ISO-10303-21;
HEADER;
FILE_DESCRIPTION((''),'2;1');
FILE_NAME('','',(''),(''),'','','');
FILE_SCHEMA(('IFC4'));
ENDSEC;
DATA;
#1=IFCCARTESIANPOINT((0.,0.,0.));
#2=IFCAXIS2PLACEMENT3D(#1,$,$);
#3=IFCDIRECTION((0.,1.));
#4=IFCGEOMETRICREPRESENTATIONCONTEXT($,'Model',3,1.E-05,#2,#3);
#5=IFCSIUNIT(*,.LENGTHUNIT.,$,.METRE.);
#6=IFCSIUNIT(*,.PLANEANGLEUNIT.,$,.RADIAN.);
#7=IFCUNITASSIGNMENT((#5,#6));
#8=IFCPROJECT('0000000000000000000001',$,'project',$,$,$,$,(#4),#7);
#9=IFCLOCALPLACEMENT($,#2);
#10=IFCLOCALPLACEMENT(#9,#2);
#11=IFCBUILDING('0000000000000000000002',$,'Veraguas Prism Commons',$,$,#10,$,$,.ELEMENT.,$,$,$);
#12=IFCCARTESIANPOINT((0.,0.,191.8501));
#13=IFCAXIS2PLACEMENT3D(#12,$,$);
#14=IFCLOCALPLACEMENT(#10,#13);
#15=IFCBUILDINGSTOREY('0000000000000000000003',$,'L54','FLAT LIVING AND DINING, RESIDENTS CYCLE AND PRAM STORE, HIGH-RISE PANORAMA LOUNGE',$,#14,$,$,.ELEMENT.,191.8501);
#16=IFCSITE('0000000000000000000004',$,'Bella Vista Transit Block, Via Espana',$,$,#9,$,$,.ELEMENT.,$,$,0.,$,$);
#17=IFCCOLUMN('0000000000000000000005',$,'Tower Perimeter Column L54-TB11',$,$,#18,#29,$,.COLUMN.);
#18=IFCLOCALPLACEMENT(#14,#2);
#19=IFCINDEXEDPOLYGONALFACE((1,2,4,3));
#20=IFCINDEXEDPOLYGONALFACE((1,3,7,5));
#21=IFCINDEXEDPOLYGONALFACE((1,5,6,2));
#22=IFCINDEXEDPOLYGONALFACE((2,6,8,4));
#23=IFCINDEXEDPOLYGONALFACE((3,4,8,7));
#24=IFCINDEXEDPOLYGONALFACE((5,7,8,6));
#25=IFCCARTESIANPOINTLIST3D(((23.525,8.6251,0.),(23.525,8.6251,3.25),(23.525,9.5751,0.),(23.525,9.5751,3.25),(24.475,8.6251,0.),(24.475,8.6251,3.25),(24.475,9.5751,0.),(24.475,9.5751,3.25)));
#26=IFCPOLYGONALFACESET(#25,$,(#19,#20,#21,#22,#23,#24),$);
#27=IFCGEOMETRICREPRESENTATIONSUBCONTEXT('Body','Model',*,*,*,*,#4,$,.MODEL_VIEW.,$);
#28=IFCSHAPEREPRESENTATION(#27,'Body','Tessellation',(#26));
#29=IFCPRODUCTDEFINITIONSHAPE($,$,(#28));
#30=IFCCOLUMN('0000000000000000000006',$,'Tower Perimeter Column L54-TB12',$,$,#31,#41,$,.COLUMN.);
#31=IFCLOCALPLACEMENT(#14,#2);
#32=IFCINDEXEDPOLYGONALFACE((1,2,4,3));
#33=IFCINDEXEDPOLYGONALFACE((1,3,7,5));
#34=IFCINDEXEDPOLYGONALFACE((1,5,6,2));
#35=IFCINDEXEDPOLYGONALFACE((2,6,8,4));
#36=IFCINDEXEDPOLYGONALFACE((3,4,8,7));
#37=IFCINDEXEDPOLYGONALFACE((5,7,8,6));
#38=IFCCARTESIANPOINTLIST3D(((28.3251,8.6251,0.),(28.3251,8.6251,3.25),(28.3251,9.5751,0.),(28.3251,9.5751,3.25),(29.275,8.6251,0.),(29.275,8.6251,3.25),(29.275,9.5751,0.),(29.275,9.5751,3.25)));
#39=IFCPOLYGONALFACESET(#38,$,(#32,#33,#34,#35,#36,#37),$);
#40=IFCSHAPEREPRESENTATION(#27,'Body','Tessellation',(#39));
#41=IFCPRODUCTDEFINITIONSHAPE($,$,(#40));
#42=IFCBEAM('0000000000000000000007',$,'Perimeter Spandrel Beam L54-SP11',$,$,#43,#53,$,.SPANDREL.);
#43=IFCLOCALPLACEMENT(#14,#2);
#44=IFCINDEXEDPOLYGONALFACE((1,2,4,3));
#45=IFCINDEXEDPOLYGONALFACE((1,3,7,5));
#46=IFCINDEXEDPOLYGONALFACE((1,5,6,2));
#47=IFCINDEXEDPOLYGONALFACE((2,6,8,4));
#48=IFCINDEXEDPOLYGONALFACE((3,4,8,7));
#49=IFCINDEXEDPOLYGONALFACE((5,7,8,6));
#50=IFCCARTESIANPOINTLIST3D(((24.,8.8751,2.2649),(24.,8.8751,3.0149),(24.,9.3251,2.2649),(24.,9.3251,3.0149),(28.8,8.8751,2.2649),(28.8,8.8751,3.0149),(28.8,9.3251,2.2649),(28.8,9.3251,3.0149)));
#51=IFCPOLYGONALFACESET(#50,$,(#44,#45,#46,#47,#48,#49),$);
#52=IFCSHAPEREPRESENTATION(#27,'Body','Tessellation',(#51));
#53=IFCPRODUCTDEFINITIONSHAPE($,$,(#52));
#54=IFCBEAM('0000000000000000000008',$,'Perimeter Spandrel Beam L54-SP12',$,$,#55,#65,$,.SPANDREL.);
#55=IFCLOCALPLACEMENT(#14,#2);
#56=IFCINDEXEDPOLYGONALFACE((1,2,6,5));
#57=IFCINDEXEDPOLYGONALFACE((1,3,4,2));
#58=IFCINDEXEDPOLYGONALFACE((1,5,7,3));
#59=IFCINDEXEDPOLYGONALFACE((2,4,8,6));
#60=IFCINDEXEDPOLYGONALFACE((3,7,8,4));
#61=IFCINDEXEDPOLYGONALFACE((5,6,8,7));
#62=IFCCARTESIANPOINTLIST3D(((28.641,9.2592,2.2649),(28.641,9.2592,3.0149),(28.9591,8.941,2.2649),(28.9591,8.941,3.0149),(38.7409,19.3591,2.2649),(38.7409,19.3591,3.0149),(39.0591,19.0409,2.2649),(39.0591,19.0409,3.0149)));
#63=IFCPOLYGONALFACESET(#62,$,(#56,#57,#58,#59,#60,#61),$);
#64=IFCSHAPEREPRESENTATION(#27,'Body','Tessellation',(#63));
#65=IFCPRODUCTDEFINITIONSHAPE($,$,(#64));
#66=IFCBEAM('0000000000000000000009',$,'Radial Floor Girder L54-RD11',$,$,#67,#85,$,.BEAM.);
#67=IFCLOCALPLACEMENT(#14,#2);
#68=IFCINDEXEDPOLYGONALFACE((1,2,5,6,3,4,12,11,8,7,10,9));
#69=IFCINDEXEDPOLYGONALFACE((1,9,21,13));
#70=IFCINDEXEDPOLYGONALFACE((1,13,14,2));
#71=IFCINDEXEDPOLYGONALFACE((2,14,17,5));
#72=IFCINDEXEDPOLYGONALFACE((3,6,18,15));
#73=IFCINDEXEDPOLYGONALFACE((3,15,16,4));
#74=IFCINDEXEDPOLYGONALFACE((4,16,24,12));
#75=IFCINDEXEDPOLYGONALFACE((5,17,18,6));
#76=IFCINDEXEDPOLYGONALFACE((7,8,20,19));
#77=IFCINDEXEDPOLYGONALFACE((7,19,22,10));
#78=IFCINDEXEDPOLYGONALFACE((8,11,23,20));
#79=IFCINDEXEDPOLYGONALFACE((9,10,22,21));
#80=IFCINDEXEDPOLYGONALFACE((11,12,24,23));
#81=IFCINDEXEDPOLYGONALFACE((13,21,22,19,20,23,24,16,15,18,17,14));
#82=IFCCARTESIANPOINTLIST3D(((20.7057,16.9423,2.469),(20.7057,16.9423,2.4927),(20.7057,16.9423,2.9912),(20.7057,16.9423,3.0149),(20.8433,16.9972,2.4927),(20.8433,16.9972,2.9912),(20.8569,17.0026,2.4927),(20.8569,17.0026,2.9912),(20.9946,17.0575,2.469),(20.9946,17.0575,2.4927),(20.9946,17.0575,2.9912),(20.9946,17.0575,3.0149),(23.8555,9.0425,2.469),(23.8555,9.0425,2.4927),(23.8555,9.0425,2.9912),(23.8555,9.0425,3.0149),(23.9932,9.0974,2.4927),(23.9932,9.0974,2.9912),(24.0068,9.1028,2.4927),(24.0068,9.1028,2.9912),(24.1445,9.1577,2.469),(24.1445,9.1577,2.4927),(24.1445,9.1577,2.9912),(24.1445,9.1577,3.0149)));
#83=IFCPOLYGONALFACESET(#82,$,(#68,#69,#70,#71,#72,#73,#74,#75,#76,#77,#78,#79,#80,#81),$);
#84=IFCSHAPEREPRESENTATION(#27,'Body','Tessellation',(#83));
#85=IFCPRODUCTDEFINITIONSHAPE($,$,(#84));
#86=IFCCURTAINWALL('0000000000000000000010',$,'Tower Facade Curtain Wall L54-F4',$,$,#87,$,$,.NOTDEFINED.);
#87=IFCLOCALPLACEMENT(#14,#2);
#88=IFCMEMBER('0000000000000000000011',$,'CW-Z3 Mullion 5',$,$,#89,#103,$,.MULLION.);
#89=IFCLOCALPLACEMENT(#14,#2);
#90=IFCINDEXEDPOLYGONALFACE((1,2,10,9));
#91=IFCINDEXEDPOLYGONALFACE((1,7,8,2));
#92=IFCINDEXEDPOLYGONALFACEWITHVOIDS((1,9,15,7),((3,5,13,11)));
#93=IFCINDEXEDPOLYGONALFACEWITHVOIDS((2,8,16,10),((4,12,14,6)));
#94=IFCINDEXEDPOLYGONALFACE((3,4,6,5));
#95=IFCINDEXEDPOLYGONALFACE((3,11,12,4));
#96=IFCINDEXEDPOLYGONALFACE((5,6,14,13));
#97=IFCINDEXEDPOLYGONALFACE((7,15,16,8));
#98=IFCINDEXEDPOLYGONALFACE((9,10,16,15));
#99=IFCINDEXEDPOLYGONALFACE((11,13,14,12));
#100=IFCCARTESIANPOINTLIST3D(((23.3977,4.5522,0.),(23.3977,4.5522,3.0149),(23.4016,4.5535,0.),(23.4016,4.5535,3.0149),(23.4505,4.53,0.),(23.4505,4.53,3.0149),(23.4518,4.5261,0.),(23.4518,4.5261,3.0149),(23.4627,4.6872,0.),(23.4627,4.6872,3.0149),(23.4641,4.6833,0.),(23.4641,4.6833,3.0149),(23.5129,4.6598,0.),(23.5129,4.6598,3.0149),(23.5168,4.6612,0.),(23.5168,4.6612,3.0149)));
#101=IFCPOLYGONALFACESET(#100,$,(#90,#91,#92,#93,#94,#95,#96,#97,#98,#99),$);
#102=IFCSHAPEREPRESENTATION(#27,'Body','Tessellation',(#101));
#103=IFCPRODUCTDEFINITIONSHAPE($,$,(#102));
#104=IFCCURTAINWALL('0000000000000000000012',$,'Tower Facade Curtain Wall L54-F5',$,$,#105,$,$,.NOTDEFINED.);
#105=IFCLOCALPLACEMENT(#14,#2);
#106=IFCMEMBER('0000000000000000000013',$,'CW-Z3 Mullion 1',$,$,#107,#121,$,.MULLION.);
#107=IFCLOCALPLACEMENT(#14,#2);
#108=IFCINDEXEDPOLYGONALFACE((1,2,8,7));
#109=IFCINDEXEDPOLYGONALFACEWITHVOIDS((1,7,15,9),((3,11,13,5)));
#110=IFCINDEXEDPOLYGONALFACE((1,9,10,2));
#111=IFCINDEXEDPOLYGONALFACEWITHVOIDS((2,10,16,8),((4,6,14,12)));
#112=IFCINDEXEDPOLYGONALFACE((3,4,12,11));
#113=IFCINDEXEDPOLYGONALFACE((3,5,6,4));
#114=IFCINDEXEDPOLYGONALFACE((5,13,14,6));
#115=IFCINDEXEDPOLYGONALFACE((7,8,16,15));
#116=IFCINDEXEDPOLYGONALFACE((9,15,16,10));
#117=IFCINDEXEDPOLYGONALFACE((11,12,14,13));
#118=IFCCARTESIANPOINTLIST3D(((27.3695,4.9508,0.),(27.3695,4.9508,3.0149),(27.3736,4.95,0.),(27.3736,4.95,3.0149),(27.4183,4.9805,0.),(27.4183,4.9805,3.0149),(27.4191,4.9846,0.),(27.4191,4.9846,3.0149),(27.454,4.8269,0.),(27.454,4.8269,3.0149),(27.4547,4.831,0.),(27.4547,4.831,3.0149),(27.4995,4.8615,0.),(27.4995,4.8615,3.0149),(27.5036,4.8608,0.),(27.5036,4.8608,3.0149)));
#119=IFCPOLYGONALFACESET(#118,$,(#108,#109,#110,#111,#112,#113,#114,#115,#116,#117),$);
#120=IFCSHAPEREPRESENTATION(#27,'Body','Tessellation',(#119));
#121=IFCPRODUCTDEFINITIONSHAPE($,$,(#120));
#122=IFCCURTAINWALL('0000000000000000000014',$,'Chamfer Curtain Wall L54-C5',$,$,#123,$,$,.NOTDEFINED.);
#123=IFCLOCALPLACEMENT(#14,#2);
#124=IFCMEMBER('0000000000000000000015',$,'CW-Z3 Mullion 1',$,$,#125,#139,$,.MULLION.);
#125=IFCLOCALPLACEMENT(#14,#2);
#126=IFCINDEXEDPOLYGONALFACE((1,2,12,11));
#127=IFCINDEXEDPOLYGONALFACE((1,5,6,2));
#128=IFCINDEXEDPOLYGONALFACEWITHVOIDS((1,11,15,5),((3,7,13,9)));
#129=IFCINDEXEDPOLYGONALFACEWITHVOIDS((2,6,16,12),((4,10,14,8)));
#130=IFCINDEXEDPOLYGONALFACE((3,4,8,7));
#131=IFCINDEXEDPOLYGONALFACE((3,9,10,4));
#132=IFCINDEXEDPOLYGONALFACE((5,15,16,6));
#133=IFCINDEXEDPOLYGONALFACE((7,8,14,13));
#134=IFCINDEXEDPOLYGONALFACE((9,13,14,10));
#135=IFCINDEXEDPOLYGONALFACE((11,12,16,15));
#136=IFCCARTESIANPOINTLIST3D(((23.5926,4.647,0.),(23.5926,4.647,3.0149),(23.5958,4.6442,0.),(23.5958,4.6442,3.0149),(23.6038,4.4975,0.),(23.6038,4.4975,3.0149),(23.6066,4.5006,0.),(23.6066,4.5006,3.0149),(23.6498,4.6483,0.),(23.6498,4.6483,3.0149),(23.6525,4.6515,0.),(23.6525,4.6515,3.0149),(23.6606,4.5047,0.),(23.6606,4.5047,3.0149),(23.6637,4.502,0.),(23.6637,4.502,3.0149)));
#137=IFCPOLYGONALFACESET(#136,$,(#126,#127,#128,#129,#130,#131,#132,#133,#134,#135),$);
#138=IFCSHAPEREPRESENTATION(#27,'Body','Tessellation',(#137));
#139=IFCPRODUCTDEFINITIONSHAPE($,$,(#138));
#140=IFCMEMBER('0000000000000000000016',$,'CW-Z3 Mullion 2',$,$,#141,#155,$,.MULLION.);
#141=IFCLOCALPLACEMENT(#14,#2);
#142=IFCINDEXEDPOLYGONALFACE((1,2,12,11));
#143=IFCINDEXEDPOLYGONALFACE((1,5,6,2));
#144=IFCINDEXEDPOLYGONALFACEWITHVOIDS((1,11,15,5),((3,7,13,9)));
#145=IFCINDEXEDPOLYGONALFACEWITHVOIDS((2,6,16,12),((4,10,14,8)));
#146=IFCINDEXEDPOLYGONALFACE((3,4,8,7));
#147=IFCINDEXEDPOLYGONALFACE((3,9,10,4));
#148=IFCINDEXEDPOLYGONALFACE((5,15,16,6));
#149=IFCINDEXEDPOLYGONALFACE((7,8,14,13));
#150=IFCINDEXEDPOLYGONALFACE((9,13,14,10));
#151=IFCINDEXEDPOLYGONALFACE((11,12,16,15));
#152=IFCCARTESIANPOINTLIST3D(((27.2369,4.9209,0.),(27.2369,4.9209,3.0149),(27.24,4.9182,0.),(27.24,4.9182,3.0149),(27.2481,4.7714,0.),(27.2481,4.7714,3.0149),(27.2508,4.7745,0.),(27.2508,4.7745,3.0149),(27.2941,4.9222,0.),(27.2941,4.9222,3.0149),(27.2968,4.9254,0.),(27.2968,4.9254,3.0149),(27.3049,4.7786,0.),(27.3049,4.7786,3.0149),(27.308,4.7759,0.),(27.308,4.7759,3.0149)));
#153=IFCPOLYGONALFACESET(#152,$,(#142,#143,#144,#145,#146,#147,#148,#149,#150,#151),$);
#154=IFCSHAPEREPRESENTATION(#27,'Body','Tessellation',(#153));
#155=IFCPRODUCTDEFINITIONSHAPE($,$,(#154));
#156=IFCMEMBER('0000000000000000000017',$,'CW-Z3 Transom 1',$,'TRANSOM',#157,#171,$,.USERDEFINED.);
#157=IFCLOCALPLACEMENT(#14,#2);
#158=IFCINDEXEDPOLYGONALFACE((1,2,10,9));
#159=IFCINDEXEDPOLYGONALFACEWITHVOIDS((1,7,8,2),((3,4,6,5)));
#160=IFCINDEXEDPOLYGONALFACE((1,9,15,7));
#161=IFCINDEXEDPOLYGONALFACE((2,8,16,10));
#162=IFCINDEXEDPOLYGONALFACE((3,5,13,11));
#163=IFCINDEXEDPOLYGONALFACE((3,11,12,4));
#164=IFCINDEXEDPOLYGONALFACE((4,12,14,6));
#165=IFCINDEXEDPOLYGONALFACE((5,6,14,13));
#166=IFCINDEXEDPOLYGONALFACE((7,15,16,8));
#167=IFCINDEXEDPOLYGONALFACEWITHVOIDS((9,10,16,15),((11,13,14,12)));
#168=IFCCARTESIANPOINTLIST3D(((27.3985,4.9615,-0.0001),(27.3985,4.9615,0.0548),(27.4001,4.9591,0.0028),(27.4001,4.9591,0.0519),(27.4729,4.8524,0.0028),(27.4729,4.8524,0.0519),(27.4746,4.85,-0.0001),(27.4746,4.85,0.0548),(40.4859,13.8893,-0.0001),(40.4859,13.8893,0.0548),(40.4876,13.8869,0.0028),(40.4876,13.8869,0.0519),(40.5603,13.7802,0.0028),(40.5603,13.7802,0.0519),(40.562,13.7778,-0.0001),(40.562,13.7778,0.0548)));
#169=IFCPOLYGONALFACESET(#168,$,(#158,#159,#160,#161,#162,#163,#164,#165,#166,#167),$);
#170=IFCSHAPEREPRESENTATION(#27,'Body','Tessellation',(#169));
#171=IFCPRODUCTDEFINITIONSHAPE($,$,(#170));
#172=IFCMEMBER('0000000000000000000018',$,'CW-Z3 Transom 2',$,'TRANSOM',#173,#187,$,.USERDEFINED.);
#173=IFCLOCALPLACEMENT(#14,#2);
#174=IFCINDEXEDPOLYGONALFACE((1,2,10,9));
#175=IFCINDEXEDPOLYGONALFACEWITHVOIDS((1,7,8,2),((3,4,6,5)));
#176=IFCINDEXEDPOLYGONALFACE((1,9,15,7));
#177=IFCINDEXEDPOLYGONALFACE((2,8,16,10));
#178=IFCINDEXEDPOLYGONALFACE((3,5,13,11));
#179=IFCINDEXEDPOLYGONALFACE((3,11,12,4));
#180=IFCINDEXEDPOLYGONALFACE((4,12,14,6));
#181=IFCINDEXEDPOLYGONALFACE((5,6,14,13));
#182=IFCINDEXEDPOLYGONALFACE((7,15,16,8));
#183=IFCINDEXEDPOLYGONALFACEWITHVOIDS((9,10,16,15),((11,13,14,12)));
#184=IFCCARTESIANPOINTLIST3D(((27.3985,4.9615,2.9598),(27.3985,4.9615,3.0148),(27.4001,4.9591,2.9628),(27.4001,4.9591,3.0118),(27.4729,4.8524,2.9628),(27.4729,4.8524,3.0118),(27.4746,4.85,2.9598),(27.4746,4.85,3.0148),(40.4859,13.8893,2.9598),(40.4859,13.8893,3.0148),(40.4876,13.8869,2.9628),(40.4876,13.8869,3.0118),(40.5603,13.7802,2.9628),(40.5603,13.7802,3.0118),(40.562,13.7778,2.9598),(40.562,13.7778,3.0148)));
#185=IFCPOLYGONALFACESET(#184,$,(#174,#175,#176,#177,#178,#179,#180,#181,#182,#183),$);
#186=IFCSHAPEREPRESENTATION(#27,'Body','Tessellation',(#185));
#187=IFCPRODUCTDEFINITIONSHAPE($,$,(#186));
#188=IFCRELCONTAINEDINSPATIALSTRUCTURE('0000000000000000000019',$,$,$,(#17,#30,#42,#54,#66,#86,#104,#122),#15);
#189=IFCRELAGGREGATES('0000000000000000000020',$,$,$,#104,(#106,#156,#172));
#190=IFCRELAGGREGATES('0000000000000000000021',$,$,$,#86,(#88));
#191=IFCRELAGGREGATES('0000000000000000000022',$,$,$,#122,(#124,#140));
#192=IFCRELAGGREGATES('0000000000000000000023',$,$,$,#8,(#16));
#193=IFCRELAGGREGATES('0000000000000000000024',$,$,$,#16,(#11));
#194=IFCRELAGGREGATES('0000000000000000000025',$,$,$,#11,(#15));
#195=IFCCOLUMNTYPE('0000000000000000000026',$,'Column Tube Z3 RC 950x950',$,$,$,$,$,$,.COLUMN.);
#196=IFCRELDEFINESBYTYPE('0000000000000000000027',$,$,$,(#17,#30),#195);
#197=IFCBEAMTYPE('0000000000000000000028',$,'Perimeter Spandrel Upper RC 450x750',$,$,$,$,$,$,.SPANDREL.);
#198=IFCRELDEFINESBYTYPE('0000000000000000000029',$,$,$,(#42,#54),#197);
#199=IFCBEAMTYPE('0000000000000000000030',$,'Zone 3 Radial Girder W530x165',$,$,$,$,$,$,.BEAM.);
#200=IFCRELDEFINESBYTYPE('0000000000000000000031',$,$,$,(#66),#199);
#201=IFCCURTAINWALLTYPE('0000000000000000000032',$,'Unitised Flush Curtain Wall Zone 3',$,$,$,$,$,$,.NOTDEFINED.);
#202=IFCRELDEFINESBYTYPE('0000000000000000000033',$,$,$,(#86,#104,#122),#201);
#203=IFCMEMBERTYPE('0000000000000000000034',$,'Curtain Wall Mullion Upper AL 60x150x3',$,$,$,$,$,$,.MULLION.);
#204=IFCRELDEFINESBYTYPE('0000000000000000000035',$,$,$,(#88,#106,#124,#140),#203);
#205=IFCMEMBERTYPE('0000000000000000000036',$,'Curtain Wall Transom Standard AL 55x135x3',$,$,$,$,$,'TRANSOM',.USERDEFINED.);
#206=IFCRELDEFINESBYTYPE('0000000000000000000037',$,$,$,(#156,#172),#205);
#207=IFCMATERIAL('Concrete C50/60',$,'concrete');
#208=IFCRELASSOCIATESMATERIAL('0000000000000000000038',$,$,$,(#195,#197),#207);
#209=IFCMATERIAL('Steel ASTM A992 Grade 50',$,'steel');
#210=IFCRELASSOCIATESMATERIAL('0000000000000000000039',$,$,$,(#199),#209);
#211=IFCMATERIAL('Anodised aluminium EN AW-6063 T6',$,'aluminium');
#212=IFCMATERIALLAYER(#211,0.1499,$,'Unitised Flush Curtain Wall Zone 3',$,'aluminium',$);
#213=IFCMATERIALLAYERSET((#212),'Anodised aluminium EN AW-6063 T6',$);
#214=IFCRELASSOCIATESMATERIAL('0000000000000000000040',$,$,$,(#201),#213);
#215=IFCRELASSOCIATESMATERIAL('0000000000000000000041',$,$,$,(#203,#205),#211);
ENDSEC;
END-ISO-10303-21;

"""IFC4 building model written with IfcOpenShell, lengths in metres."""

from ifc_helpers import new_model, si_unit, direction, frame, origin, origin_2d, place, context, subcontext, project, spatial, rectangle, hollow_rectangle, i_section, extrude, source, transform, mapped, material, layer, layer_set, material_profile, profile_set, type_object, element, aggregate, save


model = new_model("IFC4")

# Units and contexts
model_context = context("Model", 3, precision=1e-05, world=origin(), true_north=direction((0.0, 1.0)))
body_context = subcontext(model_context, "Body", "Model", "MODEL_VIEW")
ifc_project = project(units=[si_unit("LENGTHUNIT", "METRE"), si_unit("PLANEANGLEUNIT", "RADIAN")], contexts=[model_context])

# Site, building, storey
site_placement = place(None, origin())
site = spatial("IfcSite", under=ifc_project, at=site_placement, Name="Bella Vista Transit Block, Via Espana", CompositionType="ELEMENT", RefElevation=0.0)
building_placement = place(site_placement, origin())
building = spatial("IfcBuilding", under=site, at=building_placement, Name="Veraguas Prism Commons", CompositionType="ELEMENT")
storey_placement = place(building_placement, frame((0.0, 0.0, 191.8501)))
storey = spatial("IfcBuildingStorey", under=building, at=storey_placement, Name="L54", Description="FLAT LIVING AND DINING, RESIDENTS CYCLE AND PRAM STORE, HIGH-RISE PANORAMA LOUNGE", CompositionType="ELEMENT", Elevation=191.8501)

# Columns
ifc_material_1 = material(Name="Concrete C50/60", Category="concrete")
ifc_material_profile_1 = material_profile(ifc_material_1, rectangle(XDim=0.95, YDim=0.95, at=origin_2d()), Name="RC950X950")
ifc_profile_set_1 = profile_set([ifc_material_profile_1], Name="Concrete C50/60")
column_type = type_object("IfcColumnType", Name="Column Tube Z3 RC 950x950", PredefinedType="COLUMN", material=ifc_profile_set_1)
for number, where, z_axis, x_axis, name in (
    (1, (24.0, 9.1001, 0.0), (0.0, 0.0, 1.0), (1.0, 0.0, 0.0), "Tower Perimeter Column L54-TB11"),
    (2, (28.8, 9.1001, 0.0), (0.0, 0.0, 1.0), (1.0, 0.0, 0.0), "Tower Perimeter Column L54-TB12"),
):
    element("IfcColumn", number, at=place(storey_placement, frame(where, z_axis=z_axis, x_axis=x_axis)), inside=storey, type_object=column_type, Name=name, PredefinedType="COLUMN", context=body_context, shape_type="SweptSolid", body=[
        extrude(rectangle(XDim=0.95, YDim=0.95, at=origin_2d()), origin(), (0.0, 0.0, 1.0), 3.25),
    ])

# Beams
ifc_material_profile_2 = material_profile(ifc_material_1, rectangle(XDim=0.45, YDim=0.75, at=origin_2d()), Name="RC450X750")
ifc_profile_set_2 = profile_set([ifc_material_profile_2], Name="Concrete C50/60")
beam_type_1 = type_object("IfcBeamType", Name="Perimeter Spandrel Upper RC 450x750", PredefinedType="SPANDREL", material=ifc_profile_set_2)
beam_1_placement = place(storey_placement, frame((24.0, 9.1001, 2.6399), z_axis=(1.0, 0.0, 0.0), x_axis=(0.0, 1.0, 0.0)))
element("IfcBeam", 3, at=beam_1_placement, inside=storey, type_object=beam_type_1, Name="Perimeter Spandrel Beam L54-SP11", PredefinedType="SPANDREL", context=body_context, shape_type="SweptSolid", body=[
    extrude(rectangle(XDim=0.45, YDim=0.75, at=origin_2d()), origin(), (0.0, 0.0, 1.0), 4.8),
])
beam_2_placement = place(storey_placement, frame((28.8, 9.1001, 2.6399), z_axis=(0.707107, 0.707107, 0.0), x_axis=(-0.707107, 0.707107, 0.0)))
element("IfcBeam", 4, at=beam_2_placement, inside=storey, type_object=beam_type_1, Name="Perimeter Spandrel Beam L54-SP12", PredefinedType="SPANDREL", context=body_context, shape_type="SweptSolid", body=[
    extrude(rectangle(XDim=0.45, YDim=0.75, at=origin_2d()), origin(), (0.0, 0.0, 1.0), 14.2834),
])
ifc_material_2 = material(Name="Steel ASTM A992 Grade 50", Category="steel")
ifc_material_profile_3 = material_profile(ifc_material_2, i_section(OverallWidth=0.311, OverallDepth=0.5459, WebThickness=0.0146, FlangeThickness=0.0237, at=origin_2d()), Name="W530X165")
ifc_profile_set_3 = profile_set([ifc_material_profile_3], Name="Steel ASTM A992 Grade 50")
beam_type_2 = type_object("IfcBeamType", Name="Zone 3 Radial Girder W530x165", PredefinedType="BEAM", material=ifc_profile_set_3)
beam_3_placement = place(storey_placement, frame((24.0, 9.1001, 2.7419), z_axis=(-0.370371, 0.928884, 0.0), x_axis=(-0.928884, -0.370371, 0.0)))
element("IfcBeam", 5, at=beam_3_placement, inside=storey, type_object=beam_type_2, Name="Radial Floor Girder L54-RD11", PredefinedType="BEAM", context=body_context, shape_type="SweptSolid", body=[
    extrude(i_section(OverallWidth=0.311, OverallDepth=0.5459, WebThickness=0.0146, FlangeThickness=0.0237, at=origin_2d()), origin(), (0.0, 0.0, 1.0), 8.5046),
])

# Curtain walls, members
ifc_material_3 = material(Name="Anodised aluminium EN AW-6063 T6", Category="aluminium")
ifc_layer_1 = layer(ifc_material_3, 0.1499, Name="Unitised Flush Curtain Wall Zone 3", Category="aluminium")
ifc_layer_set_1 = layer_set([ifc_layer_1], Name="Anodised aluminium EN AW-6063 T6")
curtain_wall_type = type_object("IfcCurtainWallType", Name="Unitised Flush Curtain Wall Zone 3", PredefinedType="NOTDEFINED", material=ifc_layer_set_1)
curtain_wall_1_placement = place(storey_placement, origin())
curtain_wall_1 = element("IfcCurtainWall", 6, at=curtain_wall_1_placement, inside=storey, type_object=curtain_wall_type, Name="Tower Facade Curtain Wall L54-F4", PredefinedType="NOTDEFINED")
ifc_material_profile_4 = material_profile(ifc_material_3, hollow_rectangle(XDim=0.0601, YDim=0.1499, WallThickness=0.0029, at=origin_2d()), Name="AL60X150X3")
ifc_profile_set_4 = profile_set([ifc_material_profile_4], Name="Anodised aluminium EN AW-6063 T6")
member_type_1 = type_object("IfcMemberType", Name="Curtain Wall Mullion Upper AL 60x150x3", PredefinedType="MULLION", material=ifc_profile_set_4)
shared_shape_1 = source(origin(), body_context, "Body", "SweptSolid", [
    extrude(hollow_rectangle(XDim=0.0601, YDim=0.1499, WallThickness=0.0029, at=origin_2d()), origin(), (0.0, 0.0, 1.0), 3.0149),
])
member_1_placement = place(storey_placement, frame((23.4573, 4.6067, 0.0), z_axis=(0.0, 0.0, 1.0), x_axis=(0.901074, -0.433665, 0.0)))
member_1 = element("IfcMember", 7, at=member_1_placement, type_object=member_type_1, Name="CW-Z3 Mullion 5", PredefinedType="MULLION", context=body_context, shape_type="MappedRepresentation", body=[
    mapped(shared_shape_1, transform((0.0, 0.0, 0.0), scale=1.0)),
])
curtain_wall_2_placement = place(storey_placement, origin())
curtain_wall_2 = element("IfcCurtainWall", 8, at=curtain_wall_2_placement, inside=storey, type_object=curtain_wall_type, Name="Tower Facade Curtain Wall L54-F5", PredefinedType="NOTDEFINED")
member_2_placement = place(storey_placement, frame((27.4365, 4.9058, 0.0), z_axis=(0.0, 0.0, 1.0), x_axis=(0.826095, 0.56353, 0.0)))
member_2 = element("IfcMember", 9, at=member_2_placement, type_object=member_type_1, Name="CW-Z3 Mullion 1", PredefinedType="MULLION", context=body_context, shape_type="MappedRepresentation", body=[
    mapped(shared_shape_1, transform((0.0, 0.0, 0.0), scale=1.0)),
])

# Curtain wall, members
curtain_wall_3_placement = place(storey_placement, origin())
curtain_wall_3 = element("IfcCurtainWall", 10, at=curtain_wall_3_placement, inside=storey, type_object=curtain_wall_type, Name="Chamfer Curtain Wall L54-C5", PredefinedType="NOTDEFINED")
member_3_placement = place(storey_placement, frame((23.6282, 4.5745, 0.0), z_axis=(0.0, 0.0, 1.0), x_axis=(0.997185, 0.074977, 0.0)))
member_3 = element("IfcMember", 11, at=member_3_placement, type_object=member_type_1, Name="CW-Z3 Mullion 1", PredefinedType="MULLION", context=body_context, shape_type="MappedRepresentation", body=[
    mapped(shared_shape_1, transform((0.0, 0.0, 0.0), scale=1.0)),
])
member_4_placement = place(storey_placement, frame((27.2725, 4.8484, 0.0), z_axis=(0.0, 0.0, 1.0), x_axis=(0.997185, 0.074977, 0.0)))
member_4 = element("IfcMember", 12, at=member_4_placement, type_object=member_type_1, Name="CW-Z3 Mullion 2", PredefinedType="MULLION", context=body_context, shape_type="MappedRepresentation", body=[
    mapped(shared_shape_1, transform((0.0, 0.0, 0.0), scale=1.0)),
])

# Members
ifc_material_profile_5 = material_profile(ifc_material_3, hollow_rectangle(XDim=0.0549, YDim=0.135, WallThickness=0.0029, at=origin_2d()), Name="AL55X135X3")
ifc_profile_set_5 = profile_set([ifc_material_profile_5], Name="Anodised aluminium EN AW-6063 T6")
member_type_2 = type_object("IfcMemberType", Name="Curtain Wall Transom Standard AL 55x135x3", ElementType="TRANSOM", PredefinedType="USERDEFINED", material=ifc_profile_set_5)
shared_shape_2 = source(origin(), body_context, "Body", "SweptSolid", [
    extrude(hollow_rectangle(XDim=0.0549, YDim=0.135, WallThickness=0.0029, at=origin_2d()), origin(), (0.0, 0.0, 1.0), 15.8425),
])
member_5_placement = place(storey_placement, frame((27.4365, 4.9058, 0.0273), z_axis=(0.826095, 0.563531, 0.0), x_axis=(0.0, 0.0, 1.0)))
member_5 = element("IfcMember", 13, at=member_5_placement, type_object=member_type_2, Name="CW-Z3 Transom 1", ObjectType="TRANSOM", PredefinedType="USERDEFINED", context=body_context, shape_type="MappedRepresentation", body=[
    mapped(shared_shape_2, transform((0.0, 0.0, 0.0), scale=1.0)),
])
member_6_placement = place(storey_placement, frame((27.4365, 4.9058, 2.9873), z_axis=(0.826095, 0.563531, 0.0), x_axis=(0.0, 0.0, 1.0)))
member_6 = element("IfcMember", 14, at=member_6_placement, type_object=member_type_2, Name="CW-Z3 Transom 2", ObjectType="TRANSOM", PredefinedType="USERDEFINED", context=body_context, shape_type="MappedRepresentation", body=[
    mapped(shared_shape_2, transform((0.0, 0.0, 0.0), scale=1.0)),
])
aggregate(curtain_wall_2, [member_2, member_5, member_6])

aggregate(curtain_wall_1, [member_1])
aggregate(curtain_wall_3, [member_3, member_4])

save(model, "model.ifc")
